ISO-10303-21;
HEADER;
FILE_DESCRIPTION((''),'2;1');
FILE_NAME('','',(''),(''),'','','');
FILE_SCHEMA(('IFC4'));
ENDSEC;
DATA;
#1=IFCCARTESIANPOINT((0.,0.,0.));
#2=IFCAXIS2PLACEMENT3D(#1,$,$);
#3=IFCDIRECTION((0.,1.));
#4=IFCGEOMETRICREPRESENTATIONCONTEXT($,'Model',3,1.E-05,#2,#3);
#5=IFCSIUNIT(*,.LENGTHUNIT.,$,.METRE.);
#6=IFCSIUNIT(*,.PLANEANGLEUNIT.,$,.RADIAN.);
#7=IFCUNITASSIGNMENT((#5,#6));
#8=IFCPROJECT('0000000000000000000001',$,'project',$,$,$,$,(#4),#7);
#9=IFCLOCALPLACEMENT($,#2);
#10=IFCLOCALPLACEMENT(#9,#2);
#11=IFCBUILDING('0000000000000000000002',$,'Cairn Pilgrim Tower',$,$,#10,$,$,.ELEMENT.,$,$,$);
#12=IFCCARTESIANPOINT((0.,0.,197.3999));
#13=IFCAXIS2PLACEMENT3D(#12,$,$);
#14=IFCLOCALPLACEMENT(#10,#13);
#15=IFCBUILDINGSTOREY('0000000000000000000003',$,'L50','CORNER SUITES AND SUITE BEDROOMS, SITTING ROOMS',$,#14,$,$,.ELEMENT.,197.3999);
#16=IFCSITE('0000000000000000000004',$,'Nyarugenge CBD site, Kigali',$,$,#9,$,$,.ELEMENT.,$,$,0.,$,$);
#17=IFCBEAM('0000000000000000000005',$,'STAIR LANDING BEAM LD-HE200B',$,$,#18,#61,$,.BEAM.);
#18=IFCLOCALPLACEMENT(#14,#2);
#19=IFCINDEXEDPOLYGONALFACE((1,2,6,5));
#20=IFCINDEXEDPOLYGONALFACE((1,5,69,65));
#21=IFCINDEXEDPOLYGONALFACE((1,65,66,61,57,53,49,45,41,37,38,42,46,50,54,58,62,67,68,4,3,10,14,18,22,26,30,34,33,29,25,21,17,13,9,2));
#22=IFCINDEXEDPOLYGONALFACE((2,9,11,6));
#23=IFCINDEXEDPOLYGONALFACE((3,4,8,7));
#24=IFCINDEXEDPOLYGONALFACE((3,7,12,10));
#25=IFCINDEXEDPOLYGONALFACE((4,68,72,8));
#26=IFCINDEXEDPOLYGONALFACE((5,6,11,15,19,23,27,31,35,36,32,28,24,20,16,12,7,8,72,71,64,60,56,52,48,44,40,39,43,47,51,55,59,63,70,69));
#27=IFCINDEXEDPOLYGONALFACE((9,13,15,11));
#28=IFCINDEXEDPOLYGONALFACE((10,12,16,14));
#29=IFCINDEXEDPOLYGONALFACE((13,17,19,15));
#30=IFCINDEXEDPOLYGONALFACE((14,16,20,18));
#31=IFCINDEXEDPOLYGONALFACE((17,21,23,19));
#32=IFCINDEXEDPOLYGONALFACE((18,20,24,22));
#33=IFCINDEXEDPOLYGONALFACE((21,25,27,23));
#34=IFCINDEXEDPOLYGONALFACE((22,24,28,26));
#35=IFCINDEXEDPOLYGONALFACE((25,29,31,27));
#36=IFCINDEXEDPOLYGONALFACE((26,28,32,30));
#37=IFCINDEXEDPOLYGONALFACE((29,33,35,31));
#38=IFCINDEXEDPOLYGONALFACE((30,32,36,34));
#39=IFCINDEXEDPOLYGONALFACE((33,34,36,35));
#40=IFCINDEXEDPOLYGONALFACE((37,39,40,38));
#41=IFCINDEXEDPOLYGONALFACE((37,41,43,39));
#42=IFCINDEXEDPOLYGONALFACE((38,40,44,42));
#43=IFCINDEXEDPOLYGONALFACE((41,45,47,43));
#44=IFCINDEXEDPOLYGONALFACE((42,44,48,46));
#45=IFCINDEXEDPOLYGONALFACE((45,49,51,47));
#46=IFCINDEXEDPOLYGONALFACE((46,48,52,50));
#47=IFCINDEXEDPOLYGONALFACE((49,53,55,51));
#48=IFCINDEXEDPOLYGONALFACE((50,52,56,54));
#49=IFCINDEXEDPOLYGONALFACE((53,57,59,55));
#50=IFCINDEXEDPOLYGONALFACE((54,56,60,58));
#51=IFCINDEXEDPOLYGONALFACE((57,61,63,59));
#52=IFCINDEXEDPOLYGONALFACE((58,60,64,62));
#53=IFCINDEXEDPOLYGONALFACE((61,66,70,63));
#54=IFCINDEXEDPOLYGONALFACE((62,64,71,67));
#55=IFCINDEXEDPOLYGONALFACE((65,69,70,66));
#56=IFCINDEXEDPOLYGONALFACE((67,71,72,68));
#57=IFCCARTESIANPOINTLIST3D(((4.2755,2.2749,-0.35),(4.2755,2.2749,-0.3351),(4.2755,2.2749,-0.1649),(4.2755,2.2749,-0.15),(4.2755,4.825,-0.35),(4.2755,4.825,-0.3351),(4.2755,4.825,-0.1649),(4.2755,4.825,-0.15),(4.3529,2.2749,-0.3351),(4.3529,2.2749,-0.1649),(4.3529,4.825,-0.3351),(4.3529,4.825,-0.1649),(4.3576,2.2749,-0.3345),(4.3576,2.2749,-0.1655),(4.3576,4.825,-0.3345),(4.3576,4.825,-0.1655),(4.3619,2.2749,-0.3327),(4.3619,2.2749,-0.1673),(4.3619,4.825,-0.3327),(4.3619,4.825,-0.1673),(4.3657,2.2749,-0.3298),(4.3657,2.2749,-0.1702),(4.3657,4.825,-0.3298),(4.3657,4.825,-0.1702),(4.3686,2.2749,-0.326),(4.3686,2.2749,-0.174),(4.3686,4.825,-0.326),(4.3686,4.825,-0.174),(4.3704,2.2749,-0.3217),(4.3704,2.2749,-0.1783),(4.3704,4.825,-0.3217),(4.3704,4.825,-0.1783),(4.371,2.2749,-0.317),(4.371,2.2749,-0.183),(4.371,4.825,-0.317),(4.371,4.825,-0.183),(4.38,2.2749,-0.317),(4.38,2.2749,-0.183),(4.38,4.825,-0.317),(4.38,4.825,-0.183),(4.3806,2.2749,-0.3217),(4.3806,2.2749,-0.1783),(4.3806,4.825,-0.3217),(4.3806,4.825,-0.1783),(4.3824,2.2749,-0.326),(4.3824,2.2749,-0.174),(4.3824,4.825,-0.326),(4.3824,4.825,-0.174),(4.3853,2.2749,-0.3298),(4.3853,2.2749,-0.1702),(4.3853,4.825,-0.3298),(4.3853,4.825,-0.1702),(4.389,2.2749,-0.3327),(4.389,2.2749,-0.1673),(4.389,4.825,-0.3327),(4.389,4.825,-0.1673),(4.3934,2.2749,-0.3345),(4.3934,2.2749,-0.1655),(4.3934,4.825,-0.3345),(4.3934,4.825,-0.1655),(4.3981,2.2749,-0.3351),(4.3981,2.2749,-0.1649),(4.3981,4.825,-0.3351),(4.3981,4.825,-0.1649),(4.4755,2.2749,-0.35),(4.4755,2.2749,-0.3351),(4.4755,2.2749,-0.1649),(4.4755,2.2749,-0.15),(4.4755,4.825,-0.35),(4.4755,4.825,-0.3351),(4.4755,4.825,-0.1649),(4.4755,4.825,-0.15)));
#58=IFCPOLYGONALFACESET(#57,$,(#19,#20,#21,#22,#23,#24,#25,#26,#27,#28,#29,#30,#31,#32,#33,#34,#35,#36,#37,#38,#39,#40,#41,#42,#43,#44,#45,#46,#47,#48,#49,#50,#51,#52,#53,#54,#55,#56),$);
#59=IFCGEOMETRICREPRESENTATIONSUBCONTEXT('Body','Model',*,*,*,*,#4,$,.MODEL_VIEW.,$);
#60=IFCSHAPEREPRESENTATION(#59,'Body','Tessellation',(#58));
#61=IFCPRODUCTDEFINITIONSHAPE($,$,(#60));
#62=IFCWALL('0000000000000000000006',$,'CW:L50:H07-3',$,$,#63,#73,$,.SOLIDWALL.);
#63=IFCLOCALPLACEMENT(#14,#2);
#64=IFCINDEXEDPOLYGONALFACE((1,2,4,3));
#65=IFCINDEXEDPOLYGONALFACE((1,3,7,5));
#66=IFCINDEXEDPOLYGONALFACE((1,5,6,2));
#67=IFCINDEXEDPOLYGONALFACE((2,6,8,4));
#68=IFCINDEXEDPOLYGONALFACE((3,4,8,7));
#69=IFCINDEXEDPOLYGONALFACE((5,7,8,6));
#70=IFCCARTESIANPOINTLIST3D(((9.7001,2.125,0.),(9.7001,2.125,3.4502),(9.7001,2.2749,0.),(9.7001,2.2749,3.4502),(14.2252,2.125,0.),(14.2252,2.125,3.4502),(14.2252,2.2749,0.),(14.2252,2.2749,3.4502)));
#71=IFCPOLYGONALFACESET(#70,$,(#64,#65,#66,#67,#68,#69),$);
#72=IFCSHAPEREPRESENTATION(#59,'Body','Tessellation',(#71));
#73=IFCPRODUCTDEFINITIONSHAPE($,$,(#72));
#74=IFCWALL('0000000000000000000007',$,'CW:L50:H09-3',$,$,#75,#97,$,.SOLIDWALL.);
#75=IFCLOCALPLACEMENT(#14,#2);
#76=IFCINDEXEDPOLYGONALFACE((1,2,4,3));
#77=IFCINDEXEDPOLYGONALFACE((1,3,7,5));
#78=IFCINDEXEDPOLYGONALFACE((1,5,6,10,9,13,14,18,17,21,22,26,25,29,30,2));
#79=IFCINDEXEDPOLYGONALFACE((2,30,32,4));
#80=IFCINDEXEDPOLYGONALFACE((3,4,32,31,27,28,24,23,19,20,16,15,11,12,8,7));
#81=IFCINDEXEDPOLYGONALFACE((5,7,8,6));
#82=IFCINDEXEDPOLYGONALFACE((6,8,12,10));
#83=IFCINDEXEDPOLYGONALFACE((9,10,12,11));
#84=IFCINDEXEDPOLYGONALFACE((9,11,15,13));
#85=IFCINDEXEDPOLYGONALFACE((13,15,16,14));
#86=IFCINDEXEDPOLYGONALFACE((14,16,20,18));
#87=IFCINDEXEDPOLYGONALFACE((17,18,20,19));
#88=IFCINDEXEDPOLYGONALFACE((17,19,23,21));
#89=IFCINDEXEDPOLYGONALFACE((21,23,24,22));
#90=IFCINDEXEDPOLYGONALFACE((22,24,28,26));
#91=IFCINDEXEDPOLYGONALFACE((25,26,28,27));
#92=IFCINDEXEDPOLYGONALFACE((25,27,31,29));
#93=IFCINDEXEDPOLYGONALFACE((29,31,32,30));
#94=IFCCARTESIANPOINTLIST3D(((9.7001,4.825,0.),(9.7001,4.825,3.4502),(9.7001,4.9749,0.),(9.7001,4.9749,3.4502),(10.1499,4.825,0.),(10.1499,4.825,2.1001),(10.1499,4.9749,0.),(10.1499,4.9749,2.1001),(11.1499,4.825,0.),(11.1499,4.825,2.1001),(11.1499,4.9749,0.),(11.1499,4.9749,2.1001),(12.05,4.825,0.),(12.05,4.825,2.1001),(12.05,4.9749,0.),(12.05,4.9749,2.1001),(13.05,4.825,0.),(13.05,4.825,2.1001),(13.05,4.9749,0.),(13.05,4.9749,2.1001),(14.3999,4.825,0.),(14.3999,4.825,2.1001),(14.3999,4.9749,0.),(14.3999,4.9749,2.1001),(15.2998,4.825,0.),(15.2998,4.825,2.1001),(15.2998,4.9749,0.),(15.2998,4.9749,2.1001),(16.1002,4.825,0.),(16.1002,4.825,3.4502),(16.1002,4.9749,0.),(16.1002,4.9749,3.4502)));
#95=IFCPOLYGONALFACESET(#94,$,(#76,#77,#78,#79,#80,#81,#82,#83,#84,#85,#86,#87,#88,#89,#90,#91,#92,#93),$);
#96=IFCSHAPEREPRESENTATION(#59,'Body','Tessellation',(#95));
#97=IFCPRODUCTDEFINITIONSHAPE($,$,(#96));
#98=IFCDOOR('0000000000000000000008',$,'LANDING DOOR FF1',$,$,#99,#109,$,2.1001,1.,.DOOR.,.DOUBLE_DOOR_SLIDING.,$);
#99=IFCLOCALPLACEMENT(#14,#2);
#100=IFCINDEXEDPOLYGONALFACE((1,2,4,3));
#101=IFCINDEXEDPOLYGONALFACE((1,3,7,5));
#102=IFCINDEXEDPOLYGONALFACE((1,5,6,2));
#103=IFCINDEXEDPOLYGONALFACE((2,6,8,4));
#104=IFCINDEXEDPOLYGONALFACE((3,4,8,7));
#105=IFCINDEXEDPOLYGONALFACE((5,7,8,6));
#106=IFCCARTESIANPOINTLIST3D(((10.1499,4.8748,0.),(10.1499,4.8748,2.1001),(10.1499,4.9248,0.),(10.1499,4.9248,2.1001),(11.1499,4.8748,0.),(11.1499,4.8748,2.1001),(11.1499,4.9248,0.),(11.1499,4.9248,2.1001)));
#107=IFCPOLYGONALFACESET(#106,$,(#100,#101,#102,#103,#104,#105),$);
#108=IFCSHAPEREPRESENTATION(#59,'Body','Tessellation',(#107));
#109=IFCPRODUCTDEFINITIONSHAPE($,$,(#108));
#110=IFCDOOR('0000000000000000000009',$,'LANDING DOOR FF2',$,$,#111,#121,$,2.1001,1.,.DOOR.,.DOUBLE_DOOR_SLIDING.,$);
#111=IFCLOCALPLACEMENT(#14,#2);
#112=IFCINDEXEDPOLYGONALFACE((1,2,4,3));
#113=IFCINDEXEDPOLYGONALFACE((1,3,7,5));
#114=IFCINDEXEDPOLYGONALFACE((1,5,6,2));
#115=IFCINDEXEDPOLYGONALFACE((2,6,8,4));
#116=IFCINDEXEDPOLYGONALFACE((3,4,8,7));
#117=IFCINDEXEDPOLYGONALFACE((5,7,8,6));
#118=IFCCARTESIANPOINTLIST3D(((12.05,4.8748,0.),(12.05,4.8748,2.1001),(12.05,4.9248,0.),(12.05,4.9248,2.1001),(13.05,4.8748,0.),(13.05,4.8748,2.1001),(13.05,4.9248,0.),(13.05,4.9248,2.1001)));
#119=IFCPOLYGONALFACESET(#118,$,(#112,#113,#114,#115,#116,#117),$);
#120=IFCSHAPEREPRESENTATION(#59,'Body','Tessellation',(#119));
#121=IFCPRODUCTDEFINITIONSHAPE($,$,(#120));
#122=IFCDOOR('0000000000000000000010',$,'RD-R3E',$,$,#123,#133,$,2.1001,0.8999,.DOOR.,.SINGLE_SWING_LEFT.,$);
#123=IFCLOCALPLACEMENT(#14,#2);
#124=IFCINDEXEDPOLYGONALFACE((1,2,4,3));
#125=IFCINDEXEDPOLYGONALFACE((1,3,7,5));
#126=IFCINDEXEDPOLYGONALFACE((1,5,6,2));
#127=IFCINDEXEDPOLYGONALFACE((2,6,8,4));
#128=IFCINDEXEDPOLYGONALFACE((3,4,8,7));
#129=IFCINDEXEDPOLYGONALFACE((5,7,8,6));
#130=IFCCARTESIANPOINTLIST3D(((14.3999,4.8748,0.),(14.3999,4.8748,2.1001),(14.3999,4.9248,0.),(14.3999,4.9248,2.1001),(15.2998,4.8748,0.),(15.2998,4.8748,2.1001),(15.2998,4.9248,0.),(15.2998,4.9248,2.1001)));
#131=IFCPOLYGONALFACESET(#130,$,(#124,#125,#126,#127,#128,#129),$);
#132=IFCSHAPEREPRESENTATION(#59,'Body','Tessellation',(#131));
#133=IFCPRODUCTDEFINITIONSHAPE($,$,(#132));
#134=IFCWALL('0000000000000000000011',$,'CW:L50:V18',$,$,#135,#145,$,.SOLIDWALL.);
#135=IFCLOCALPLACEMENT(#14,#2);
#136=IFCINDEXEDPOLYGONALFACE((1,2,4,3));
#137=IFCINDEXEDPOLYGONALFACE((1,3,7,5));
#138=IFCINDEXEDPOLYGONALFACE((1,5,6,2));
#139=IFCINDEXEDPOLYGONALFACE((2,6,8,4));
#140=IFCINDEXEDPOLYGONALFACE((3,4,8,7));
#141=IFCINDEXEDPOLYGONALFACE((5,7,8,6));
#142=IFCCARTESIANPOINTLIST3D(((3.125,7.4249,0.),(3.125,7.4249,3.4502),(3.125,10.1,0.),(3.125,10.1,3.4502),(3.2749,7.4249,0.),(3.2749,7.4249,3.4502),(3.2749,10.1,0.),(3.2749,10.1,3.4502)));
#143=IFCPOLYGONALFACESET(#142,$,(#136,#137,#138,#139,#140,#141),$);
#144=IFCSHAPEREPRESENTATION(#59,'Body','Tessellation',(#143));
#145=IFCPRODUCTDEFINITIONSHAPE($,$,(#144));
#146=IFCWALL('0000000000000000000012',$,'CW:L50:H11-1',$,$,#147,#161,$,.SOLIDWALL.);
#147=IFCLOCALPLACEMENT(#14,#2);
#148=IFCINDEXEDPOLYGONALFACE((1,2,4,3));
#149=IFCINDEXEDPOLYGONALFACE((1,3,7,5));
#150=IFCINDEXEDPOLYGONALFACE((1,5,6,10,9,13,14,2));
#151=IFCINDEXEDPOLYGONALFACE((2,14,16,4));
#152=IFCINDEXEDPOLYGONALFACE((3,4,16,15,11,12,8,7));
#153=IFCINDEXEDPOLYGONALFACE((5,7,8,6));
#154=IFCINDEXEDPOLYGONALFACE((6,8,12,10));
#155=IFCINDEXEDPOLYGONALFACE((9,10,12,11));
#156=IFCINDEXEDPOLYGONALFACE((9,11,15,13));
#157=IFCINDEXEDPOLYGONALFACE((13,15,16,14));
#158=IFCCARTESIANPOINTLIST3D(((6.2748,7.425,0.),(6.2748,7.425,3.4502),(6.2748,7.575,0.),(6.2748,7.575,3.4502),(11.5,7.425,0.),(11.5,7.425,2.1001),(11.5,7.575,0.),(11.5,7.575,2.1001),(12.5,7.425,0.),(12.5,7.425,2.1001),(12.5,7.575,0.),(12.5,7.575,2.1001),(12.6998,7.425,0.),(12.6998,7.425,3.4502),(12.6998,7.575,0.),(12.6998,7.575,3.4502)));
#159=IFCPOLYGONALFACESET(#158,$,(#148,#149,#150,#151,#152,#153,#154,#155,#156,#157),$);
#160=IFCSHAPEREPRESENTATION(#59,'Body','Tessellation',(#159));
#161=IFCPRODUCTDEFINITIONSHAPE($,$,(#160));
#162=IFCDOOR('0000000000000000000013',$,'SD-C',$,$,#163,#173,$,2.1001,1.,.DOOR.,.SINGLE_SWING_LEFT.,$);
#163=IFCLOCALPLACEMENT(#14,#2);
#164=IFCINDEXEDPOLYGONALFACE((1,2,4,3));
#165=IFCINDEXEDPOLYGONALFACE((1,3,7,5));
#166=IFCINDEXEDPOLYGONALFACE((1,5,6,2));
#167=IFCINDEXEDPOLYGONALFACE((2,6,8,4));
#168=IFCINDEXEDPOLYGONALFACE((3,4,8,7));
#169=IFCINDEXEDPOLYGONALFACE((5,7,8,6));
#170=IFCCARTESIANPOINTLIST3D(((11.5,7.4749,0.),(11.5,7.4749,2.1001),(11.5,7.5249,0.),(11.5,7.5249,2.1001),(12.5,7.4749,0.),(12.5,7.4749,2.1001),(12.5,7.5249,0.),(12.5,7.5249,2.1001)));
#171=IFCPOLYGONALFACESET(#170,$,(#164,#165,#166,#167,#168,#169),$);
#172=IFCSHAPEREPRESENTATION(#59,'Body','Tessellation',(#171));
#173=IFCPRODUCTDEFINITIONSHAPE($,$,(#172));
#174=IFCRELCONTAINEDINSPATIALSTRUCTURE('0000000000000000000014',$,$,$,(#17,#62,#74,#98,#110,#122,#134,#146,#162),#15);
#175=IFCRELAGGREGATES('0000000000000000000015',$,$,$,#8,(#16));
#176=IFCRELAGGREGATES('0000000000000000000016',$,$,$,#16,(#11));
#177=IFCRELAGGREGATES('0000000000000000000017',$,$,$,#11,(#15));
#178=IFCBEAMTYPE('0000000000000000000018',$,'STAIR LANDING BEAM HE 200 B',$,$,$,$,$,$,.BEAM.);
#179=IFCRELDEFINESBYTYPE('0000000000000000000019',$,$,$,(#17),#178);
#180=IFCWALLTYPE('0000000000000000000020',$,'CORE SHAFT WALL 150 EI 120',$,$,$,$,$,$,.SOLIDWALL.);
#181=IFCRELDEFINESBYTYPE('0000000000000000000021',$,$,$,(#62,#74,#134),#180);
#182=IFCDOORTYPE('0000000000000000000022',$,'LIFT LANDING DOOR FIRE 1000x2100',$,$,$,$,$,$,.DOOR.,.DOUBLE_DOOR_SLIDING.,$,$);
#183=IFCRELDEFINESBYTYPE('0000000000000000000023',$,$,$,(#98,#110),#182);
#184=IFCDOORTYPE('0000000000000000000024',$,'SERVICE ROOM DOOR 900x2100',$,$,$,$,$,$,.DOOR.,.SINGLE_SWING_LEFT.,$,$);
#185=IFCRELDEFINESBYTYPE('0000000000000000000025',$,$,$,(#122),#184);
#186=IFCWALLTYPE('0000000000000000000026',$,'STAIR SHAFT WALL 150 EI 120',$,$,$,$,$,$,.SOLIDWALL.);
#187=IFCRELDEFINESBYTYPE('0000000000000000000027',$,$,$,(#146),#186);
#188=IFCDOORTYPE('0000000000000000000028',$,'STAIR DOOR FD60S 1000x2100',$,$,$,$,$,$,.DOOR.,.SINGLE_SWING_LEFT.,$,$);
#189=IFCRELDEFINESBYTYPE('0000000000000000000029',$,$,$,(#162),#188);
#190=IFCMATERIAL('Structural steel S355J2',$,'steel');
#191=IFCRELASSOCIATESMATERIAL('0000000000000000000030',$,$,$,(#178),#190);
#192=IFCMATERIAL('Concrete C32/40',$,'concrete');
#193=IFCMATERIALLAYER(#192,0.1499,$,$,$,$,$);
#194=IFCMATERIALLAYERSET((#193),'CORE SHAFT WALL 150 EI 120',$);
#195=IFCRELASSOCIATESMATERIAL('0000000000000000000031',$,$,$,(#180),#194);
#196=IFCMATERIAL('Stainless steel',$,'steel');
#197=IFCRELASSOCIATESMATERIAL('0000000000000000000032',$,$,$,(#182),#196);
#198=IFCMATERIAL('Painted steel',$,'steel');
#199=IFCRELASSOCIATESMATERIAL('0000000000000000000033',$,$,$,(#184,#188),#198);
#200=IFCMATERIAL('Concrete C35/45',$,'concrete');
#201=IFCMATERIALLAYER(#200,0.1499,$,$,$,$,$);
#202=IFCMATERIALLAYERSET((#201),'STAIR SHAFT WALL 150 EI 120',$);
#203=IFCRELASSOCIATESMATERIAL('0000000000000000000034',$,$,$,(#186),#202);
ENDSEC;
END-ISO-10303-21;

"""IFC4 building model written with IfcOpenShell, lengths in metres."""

from ifc_helpers import new_model, si_unit, direction, frame, frame_2d, origin, origin_2d, place, context, subcontext, project, spatial, rectangle, i_section, extrude, material, layer, layer_set, material_profile, profile_set, type_object, element, fill, save


model = new_model("IFC4")

# Units and contexts
model_context = context("Model", 3, precision=1e-05, world=origin(), true_north=direction((0.0, 1.0)))
body_context = subcontext(model_context, "Body", "Model", "MODEL_VIEW")
ifc_project = project(units=[si_unit("LENGTHUNIT", "METRE"), si_unit("PLANEANGLEUNIT", "RADIAN")], contexts=[model_context])

# Site, building, storey
site_placement = place(None, origin())
site = spatial("IfcSite", under=ifc_project, at=site_placement, Name="Nyarugenge CBD site, Kigali", CompositionType="ELEMENT", RefElevation=0.0)
building_placement = place(site_placement, origin())
building = spatial("IfcBuilding", under=site, at=building_placement, Name="Cairn Pilgrim Tower", CompositionType="ELEMENT")
storey_placement = place(building_placement, frame((0.0, 0.0, 197.3999)))
storey = spatial("IfcBuildingStorey", under=building, at=storey_placement, Name="L50", Description="CORNER SUITES AND SUITE BEDROOMS, SITTING ROOMS", CompositionType="ELEMENT", Elevation=197.3999)

# Beam
ifc_material_1 = material(Name="Structural steel S355J2", Category="steel")
ifc_material_profile = material_profile(ifc_material_1, i_section(OverallWidth=0.2, OverallDepth=0.2, WebThickness=0.009, FlangeThickness=0.0149, FilletRadius=0.0181, at=origin_2d()), Name="HE 200 B")
ifc_profile_set = profile_set([ifc_material_profile], Name="Structural steel S355J2")
beam_type = type_object("IfcBeamType", Name="STAIR LANDING BEAM HE 200 B", PredefinedType="BEAM", material=ifc_profile_set)
beam_placement = place(storey_placement, frame((4.3755, 2.2749, -0.25), z_axis=(0.0, 1.0, 0.0), x_axis=(-1.0, 0.0, 0.0)))
element("IfcBeam", 1, at=beam_placement, inside=storey, type_object=beam_type, Name="STAIR LANDING BEAM LD-HE200B", PredefinedType="BEAM", context=body_context, shape_type="SweptSolid", body=[
    extrude(i_section(OverallWidth=0.2, OverallDepth=0.2, WebThickness=0.009, FlangeThickness=0.0149, FilletRadius=0.0181, at=origin_2d()), origin(), (0.0, 0.0, 1.0), 2.55),
])

# Wall
ifc_material_2 = material(Name="Concrete C32/40", Category="concrete")
ifc_layer_1 = layer(ifc_material_2, 0.1499)
ifc_layer_set_1 = layer_set([ifc_layer_1], Name="CORE SHAFT WALL 150 EI 120")
wall_type_1 = type_object("IfcWallType", Name="CORE SHAFT WALL 150 EI 120", PredefinedType="SOLIDWALL", material=ifc_layer_set_1)
wall_1_placement = place(storey_placement, frame((9.7, 2.2, 0.0), z_axis=(0.0, 0.0, 1.0), x_axis=(1.0, 0.0, 0.0)))
element("IfcWall", 2, at=wall_1_placement, inside=storey, type_object=wall_type_1, Name="CW:L50:H07-3", PredefinedType="SOLIDWALL", context=body_context, shape_type="SweptSolid", body=[
    extrude(rectangle(XDim=4.5251, YDim=0.1499, at=frame_2d((2.2627, 0.0))), origin(), (0.0, 0.0, 1.0), 3.4502),
])

# Wall, openings, doors
wall_2_placement = place(storey_placement, frame((9.7, 4.8999, 0.0), z_axis=(0.0, 0.0, 1.0), x_axis=(1.0, 0.0, 0.0)))
wall_2 = element("IfcWall", 3, at=wall_2_placement, inside=storey, type_object=wall_type_1, Name="CW:L50:H09-3", PredefinedType="SOLIDWALL", context=body_context, shape_type="SweptSolid", body=[
    extrude(rectangle(XDim=6.4001, YDim=0.1499, at=frame_2d((3.2002, 0.0))), origin(), (0.0, 0.0, 1.0), 3.4502),
])
opening_1_placement = place(wall_2_placement, frame((0.45, 0.0, 0.0)))
opening_1 = element("IfcOpeningElement", 4, at=opening_1_placement, cuts=wall_2, PredefinedType="OPENING", context=body_context, shape_type="SweptSolid", body=[
    extrude(rectangle(XDim=1.0, YDim=2.1001, at=frame_2d((0.5, 1.05))), frame((0.0, 0.085, 0.0), z_axis=(0.0, -1.0, 0.0), x_axis=(1.0, 0.0, 0.0)), (0.0, 0.0, 1.0), 0.1699),
])
opening_2_placement = place(wall_2_placement, frame((2.3501, 0.0, 0.0)))
opening_2 = element("IfcOpeningElement", 5, at=opening_2_placement, cuts=wall_2, PredefinedType="OPENING", context=body_context, shape_type="SweptSolid", body=[
    extrude(rectangle(XDim=1.0, YDim=2.1001, at=frame_2d((0.5, 1.05))), frame((0.0, 0.085, 0.0), z_axis=(0.0, -1.0, 0.0), x_axis=(1.0, 0.0, 0.0)), (0.0, 0.0, 1.0), 0.1699),
])
opening_3_placement = place(wall_2_placement, frame((4.7, 0.0, 0.0)))
opening_3 = element("IfcOpeningElement", 6, at=opening_3_placement, cuts=wall_2, PredefinedType="OPENING", context=body_context, shape_type="SweptSolid", body=[
    extrude(rectangle(XDim=0.8999, YDim=2.1001, at=frame_2d((0.45, 1.05))), frame((0.0, 0.085, 0.0), z_axis=(0.0, -1.0, 0.0), x_axis=(1.0, 0.0, 0.0)), (0.0, 0.0, 1.0), 0.1699),
])
ifc_material_3 = material(Name="Stainless steel", Category="steel")
door_type_1 = type_object("IfcDoorType", Name="LIFT LANDING DOOR FIRE 1000x2100", OperationType="DOUBLE_DOOR_SLIDING", PredefinedType="DOOR", material=ifc_material_3)
door_1_placement = place(opening_1_placement, origin())
door_1 = element("IfcDoor", 7, at=door_1_placement, inside=storey, type_object=door_type_1, Name="LANDING DOOR FF1", OperationType="DOUBLE_DOOR_SLIDING", OverallHeight=2.1001, OverallWidth=1.0, PredefinedType="DOOR", context=body_context, shape_type="SweptSolid", body=[
    extrude(rectangle(XDim=1.0, YDim=2.1001, at=frame_2d((0.5, 1.05))), frame((0.0, 0.0249, 0.0), z_axis=(0.0, -1.0, 0.0), x_axis=(1.0, 0.0, 0.0)), (0.0, 0.0, 1.0), 0.05),
])
fill(opening_1, door_1)
door_2_placement = place(opening_2_placement, origin())
door_2 = element("IfcDoor", 8, at=door_2_placement, inside=storey, type_object=door_type_1, Name="LANDING DOOR FF2", OperationType="DOUBLE_DOOR_SLIDING", OverallHeight=2.1001, OverallWidth=1.0, PredefinedType="DOOR", context=body_context, shape_type="SweptSolid", body=[
    extrude(rectangle(XDim=1.0, YDim=2.1001, at=frame_2d((0.5, 1.05))), frame((0.0, 0.0249, 0.0), z_axis=(0.0, -1.0, 0.0), x_axis=(1.0, 0.0, 0.0)), (0.0, 0.0, 1.0), 0.05),
])
fill(opening_2, door_2)
ifc_material_4 = material(Name="Painted steel", Category="steel")
door_type_2 = type_object("IfcDoorType", Name="SERVICE ROOM DOOR 900x2100", OperationType="SINGLE_SWING_LEFT", PredefinedType="DOOR", material=ifc_material_4)
door_3_placement = place(opening_3_placement, origin())
door_3 = element("IfcDoor", 9, at=door_3_placement, inside=storey, type_object=door_type_2, Name="RD-R3E", OperationType="SINGLE_SWING_LEFT", OverallHeight=2.1001, OverallWidth=0.8999, PredefinedType="DOOR", context=body_context, shape_type="SweptSolid", body=[
    extrude(rectangle(XDim=0.8999, YDim=2.1001, at=frame_2d((0.45, 1.05))), frame((0.0, 0.0249, 0.0), z_axis=(0.0, -1.0, 0.0), x_axis=(1.0, 0.0, 0.0)), (0.0, 0.0, 1.0), 0.05),
])
fill(opening_3, door_3)

# Wall
wall_3_placement = place(storey_placement, frame((3.2, 7.425, 0.0), z_axis=(0.0, 0.0, 1.0), x_axis=(0.0, 1.0, 0.0)))
element("IfcWall", 10, at=wall_3_placement, inside=storey, type_object=wall_type_1, Name="CW:L50:V18", PredefinedType="SOLIDWALL", context=body_context, shape_type="SweptSolid", body=[
    extrude(rectangle(XDim=2.675, YDim=0.1499, at=frame_2d((1.3374, 0.0))), origin(), (0.0, 0.0, 1.0), 3.4502),
])

# Wall, opening, door
ifc_material_5 = material(Name="Concrete C35/45", Category="concrete")
ifc_layer_2 = layer(ifc_material_5, 0.1499)
ifc_layer_set_2 = layer_set([ifc_layer_2], Name="STAIR SHAFT WALL 150 EI 120")
wall_type_2 = type_object("IfcWallType", Name="STAIR SHAFT WALL 150 EI 120", PredefinedType="SOLIDWALL", material=ifc_layer_set_2)
wall_4_placement = place(storey_placement, frame((6.2749, 7.5, 0.0), z_axis=(0.0, 0.0, 1.0), x_axis=(1.0, 0.0, 0.0)))
wall_4 = element("IfcWall", 11, at=wall_4_placement, inside=storey, type_object=wall_type_2, Name="CW:L50:H11-1", PredefinedType="SOLIDWALL", context=body_context, shape_type="SweptSolid", body=[
    extrude(rectangle(XDim=6.425, YDim=0.1499, at=frame_2d((3.2124, 0.0))), origin(), (0.0, 0.0, 1.0), 3.4502),
])
opening_4_placement = place(wall_4_placement, frame((5.2251, 0.0, 0.0)))
opening_4 = element("IfcOpeningElement", 12, at=opening_4_placement, cuts=wall_4, PredefinedType="OPENING", context=body_context, shape_type="SweptSolid", body=[
    extrude(rectangle(XDim=1.0, YDim=2.1001, at=frame_2d((0.5, 1.05))), frame((0.0, 0.085, 0.0), z_axis=(0.0, -1.0, 0.0), x_axis=(1.0, 0.0, 0.0)), (0.0, 0.0, 1.0), 0.1699),
])
door_type_3 = type_object("IfcDoorType", Name="STAIR DOOR FD60S 1000x2100", OperationType="SINGLE_SWING_LEFT", PredefinedType="DOOR", material=ifc_material_4)
door_4_placement = place(opening_4_placement, origin())
door_4 = element("IfcDoor", 13, at=door_4_placement, inside=storey, type_object=door_type_3, Name="SD-C", OperationType="SINGLE_SWING_LEFT", OverallHeight=2.1001, OverallWidth=1.0, PredefinedType="DOOR", context=body_context, shape_type="SweptSolid", body=[
    extrude(rectangle(XDim=1.0, YDim=2.1001, at=frame_2d((0.5, 1.05))), frame((0.0, 0.0249, 0.0), z_axis=(0.0, -1.0, 0.0), x_axis=(1.0, 0.0, 0.0)), (0.0, 0.0, 1.0), 0.05),
])
fill(opening_4, door_4)

save(model, "model.ifc")
